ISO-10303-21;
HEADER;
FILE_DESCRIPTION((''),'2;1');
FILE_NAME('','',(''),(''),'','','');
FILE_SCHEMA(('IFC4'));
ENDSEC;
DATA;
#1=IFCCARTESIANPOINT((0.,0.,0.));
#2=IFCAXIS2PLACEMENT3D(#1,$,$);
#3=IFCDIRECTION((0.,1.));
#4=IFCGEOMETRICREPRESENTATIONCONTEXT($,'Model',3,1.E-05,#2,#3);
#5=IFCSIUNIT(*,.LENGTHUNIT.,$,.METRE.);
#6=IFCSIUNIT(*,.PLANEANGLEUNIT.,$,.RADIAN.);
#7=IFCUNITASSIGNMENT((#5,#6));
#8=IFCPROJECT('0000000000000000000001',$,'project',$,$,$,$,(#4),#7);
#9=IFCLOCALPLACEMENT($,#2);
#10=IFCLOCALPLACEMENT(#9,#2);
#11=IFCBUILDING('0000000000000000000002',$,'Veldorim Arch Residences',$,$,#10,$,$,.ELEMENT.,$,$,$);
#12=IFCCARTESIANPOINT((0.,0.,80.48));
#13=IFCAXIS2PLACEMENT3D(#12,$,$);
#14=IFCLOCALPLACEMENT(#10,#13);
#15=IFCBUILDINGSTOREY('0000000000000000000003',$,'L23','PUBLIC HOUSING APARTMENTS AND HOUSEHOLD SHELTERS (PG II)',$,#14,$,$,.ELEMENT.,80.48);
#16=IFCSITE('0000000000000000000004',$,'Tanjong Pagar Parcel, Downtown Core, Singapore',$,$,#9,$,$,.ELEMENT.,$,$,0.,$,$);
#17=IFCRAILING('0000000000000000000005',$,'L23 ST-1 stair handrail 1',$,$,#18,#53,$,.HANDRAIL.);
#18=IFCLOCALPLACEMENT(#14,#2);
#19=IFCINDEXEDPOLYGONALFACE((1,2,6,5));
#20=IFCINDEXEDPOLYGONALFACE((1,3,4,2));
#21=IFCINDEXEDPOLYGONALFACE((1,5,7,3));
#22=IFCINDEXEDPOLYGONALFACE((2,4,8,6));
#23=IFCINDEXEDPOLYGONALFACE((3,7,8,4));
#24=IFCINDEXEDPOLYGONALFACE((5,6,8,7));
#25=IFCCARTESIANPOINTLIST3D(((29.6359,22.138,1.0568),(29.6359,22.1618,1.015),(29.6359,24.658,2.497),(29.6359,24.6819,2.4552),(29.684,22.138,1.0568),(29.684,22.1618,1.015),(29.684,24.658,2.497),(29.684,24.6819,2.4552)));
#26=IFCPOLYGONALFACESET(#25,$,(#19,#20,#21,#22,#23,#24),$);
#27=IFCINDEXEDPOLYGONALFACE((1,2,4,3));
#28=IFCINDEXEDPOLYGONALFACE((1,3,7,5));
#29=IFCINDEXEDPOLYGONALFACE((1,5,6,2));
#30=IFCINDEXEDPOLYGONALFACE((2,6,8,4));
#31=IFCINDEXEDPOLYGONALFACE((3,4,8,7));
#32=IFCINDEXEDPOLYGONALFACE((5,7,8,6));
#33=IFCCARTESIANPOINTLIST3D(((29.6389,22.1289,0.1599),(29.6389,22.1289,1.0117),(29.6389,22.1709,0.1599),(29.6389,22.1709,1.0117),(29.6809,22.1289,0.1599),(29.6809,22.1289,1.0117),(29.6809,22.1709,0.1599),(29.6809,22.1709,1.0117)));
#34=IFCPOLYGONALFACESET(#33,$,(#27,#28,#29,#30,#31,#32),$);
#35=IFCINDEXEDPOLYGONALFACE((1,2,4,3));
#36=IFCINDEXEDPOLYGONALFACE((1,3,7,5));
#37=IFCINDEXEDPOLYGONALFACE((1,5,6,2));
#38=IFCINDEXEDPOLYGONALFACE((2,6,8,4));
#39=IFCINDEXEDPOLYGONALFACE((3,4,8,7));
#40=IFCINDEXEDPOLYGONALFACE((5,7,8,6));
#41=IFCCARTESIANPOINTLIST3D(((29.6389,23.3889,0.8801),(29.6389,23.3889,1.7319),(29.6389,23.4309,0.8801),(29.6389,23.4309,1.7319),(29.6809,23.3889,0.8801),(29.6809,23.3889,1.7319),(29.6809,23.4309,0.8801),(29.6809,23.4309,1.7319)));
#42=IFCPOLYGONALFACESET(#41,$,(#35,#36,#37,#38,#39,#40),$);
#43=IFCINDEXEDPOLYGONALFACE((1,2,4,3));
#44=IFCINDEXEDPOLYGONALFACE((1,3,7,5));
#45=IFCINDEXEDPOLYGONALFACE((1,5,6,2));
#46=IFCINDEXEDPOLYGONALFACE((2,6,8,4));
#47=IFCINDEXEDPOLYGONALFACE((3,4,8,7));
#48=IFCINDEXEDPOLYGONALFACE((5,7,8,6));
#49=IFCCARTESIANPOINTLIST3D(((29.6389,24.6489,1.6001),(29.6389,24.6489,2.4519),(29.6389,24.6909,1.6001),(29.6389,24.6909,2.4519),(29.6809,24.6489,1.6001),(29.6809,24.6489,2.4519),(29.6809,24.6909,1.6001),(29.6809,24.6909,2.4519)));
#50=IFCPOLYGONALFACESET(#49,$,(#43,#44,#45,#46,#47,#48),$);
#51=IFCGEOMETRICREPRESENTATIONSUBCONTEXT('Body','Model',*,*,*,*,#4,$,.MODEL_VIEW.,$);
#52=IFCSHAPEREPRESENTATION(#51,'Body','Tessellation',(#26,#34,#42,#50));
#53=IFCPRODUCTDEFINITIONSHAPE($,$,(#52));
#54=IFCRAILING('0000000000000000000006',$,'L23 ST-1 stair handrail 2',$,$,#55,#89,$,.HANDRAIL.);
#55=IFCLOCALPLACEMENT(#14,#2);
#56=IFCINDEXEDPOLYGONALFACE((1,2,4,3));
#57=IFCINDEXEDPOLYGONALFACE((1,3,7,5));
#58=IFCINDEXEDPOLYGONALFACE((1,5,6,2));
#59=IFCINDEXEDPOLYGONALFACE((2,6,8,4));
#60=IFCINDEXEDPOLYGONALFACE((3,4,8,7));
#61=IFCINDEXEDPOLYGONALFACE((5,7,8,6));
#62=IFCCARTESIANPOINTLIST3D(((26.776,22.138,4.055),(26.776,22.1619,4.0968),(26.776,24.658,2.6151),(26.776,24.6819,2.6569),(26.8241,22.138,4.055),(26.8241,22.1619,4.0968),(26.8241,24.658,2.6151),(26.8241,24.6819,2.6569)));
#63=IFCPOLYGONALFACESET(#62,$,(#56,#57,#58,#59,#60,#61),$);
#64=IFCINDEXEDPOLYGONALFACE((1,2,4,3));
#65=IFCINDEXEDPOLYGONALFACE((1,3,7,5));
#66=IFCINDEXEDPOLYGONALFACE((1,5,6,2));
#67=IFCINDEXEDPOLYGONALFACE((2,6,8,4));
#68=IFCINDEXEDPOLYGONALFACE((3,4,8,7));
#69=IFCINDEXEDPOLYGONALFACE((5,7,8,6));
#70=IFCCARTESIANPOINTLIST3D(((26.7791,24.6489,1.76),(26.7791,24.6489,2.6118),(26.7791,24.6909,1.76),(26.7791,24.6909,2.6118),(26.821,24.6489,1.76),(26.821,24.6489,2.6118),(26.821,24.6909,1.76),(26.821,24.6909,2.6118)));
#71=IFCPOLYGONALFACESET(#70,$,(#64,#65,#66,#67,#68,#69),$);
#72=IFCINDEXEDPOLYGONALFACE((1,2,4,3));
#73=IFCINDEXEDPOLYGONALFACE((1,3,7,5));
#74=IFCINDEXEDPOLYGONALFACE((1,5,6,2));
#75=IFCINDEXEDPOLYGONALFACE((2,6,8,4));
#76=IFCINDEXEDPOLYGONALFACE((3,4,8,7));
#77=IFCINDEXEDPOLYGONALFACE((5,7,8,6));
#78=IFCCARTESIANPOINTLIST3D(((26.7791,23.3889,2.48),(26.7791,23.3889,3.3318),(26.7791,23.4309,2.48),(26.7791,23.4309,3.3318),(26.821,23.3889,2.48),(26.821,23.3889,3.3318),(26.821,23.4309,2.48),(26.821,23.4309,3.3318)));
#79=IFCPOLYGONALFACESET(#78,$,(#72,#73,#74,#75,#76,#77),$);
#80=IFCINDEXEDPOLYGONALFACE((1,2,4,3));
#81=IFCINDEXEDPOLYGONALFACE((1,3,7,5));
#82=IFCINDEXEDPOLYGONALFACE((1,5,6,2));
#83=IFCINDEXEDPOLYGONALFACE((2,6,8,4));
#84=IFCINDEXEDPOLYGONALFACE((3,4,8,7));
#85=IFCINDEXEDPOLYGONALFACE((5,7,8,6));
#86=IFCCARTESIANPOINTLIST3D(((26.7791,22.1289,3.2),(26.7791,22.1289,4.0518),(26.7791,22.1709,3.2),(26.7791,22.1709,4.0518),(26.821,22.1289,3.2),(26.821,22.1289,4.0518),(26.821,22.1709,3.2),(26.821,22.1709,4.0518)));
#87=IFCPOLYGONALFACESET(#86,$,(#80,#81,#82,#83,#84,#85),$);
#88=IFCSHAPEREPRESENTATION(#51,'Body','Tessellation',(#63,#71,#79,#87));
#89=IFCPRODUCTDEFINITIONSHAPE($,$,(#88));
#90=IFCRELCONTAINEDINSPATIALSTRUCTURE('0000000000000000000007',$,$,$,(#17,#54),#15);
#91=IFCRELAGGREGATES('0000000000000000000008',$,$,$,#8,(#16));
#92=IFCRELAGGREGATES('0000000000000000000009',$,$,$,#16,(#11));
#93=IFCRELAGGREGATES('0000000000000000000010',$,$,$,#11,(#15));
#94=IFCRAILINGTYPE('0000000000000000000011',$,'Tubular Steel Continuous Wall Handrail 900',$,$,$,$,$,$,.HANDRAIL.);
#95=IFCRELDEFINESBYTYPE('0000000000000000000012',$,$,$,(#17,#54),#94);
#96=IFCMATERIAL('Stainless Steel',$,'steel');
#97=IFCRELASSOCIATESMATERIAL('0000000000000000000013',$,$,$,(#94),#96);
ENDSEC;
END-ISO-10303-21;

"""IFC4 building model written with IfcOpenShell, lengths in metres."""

from ifc_helpers import new_model, si_unit, direction, frame, origin, origin_2d, place, context, subcontext, project, spatial, rectangle, extrude, material, type_object, element, save


model = new_model("IFC4")

# Units and contexts
model_context = context("Model", 3, precision=1e-05, world=origin(), true_north=direction((0.0, 1.0)))
body_context = subcontext(model_context, "Body", "Model", "MODEL_VIEW")
ifc_project = project(units=[si_unit("LENGTHUNIT", "METRE"), si_unit("PLANEANGLEUNIT", "RADIAN")], contexts=[model_context])

# Site, building, storey
site_placement = place(None, origin())
site = spatial("IfcSite", under=ifc_project, at=site_placement, Name="Tanjong Pagar Parcel, Downtown Core, Singapore", CompositionType="ELEMENT", RefElevation=0.0)
building_placement = place(site_placement, origin())
building = spatial("IfcBuilding", under=site, at=building_placement, Name="Veldorim Arch Residences", CompositionType="ELEMENT")
storey_placement = place(building_placement, frame((0.0, 0.0, 80.48)))
storey = spatial("IfcBuildingStorey", under=building, at=storey_placement, Name="L23", Description="PUBLIC HOUSING APARTMENTS AND HOUSEHOLD SHELTERS (PG II)", CompositionType="ELEMENT", Elevation=80.48)

# Railings
ifc_material_1 = material(Name="Stainless Steel", Category="steel")
railing_type_1 = type_object("IfcRailingType", Name="Tubular Steel Continuous Wall Handrail 900", PredefinedType="HANDRAIL", material=ifc_material_1)
railing_1_placement = place(storey_placement, frame((29.6599, 22.1499, 0.1599)))
element("IfcRailing", 1, at=railing_1_placement, inside=storey, type_object=railing_type_1, Name="L23 ST-1 stair handrail 1", PredefinedType="HANDRAIL", context=body_context, shape_type="SweptSolid", body=[
    extrude(rectangle(XDim=0.0481, YDim=0.0481, at=origin_2d()), frame((0.0, 0.0, 0.876), z_axis=(0.0, 0.868217, 0.496184), x_axis=(-1.0, 0.0, 0.0)), (0.0, 0.0, 1.0), 2.9026),
    extrude(rectangle(XDim=0.042, YDim=0.042, at=origin_2d()), origin(), (0.0, 0.0, 1.0), 0.8518),
    extrude(rectangle(XDim=0.042, YDim=0.042, at=origin_2d()), frame((0.0, 1.26, 0.7202)), (0.0, 0.0, 1.0), 0.8518),
    extrude(rectangle(XDim=0.042, YDim=0.042, at=origin_2d()), frame((0.0, 2.52, 1.4402)), (0.0, 0.0, 1.0), 0.8518),
])
railing_2_placement = place(storey_placement, frame((26.8, 24.6699, 1.76)))
element("IfcRailing", 2, at=railing_2_placement, inside=storey, type_object=railing_type_1, Name="L23 ST-1 stair handrail 2", PredefinedType="HANDRAIL", context=body_context, shape_type="SweptSolid", body=[
    extrude(rectangle(XDim=0.0481, YDim=0.0481, at=origin_2d()), frame((0.0, 0.0, 0.876), z_axis=(0.0, -0.868253, 0.496121), x_axis=(1.0, 0.0, 0.0)), (0.0, 0.0, 1.0), 2.9023),
    extrude(rectangle(XDim=0.042, YDim=0.042, at=origin_2d()), origin(), (0.0, 0.0, 1.0), 0.8518),
    extrude(rectangle(XDim=0.042, YDim=0.042, at=origin_2d()), frame((0.0, -1.26, 0.72)), (0.0, 0.0, 1.0), 0.8518),
    extrude(rectangle(XDim=0.042, YDim=0.042, at=origin_2d()), frame((0.0, -2.52, 1.4399)), (0.0, 0.0, 1.0), 0.8518),
])

save(model, "model.ifc")
